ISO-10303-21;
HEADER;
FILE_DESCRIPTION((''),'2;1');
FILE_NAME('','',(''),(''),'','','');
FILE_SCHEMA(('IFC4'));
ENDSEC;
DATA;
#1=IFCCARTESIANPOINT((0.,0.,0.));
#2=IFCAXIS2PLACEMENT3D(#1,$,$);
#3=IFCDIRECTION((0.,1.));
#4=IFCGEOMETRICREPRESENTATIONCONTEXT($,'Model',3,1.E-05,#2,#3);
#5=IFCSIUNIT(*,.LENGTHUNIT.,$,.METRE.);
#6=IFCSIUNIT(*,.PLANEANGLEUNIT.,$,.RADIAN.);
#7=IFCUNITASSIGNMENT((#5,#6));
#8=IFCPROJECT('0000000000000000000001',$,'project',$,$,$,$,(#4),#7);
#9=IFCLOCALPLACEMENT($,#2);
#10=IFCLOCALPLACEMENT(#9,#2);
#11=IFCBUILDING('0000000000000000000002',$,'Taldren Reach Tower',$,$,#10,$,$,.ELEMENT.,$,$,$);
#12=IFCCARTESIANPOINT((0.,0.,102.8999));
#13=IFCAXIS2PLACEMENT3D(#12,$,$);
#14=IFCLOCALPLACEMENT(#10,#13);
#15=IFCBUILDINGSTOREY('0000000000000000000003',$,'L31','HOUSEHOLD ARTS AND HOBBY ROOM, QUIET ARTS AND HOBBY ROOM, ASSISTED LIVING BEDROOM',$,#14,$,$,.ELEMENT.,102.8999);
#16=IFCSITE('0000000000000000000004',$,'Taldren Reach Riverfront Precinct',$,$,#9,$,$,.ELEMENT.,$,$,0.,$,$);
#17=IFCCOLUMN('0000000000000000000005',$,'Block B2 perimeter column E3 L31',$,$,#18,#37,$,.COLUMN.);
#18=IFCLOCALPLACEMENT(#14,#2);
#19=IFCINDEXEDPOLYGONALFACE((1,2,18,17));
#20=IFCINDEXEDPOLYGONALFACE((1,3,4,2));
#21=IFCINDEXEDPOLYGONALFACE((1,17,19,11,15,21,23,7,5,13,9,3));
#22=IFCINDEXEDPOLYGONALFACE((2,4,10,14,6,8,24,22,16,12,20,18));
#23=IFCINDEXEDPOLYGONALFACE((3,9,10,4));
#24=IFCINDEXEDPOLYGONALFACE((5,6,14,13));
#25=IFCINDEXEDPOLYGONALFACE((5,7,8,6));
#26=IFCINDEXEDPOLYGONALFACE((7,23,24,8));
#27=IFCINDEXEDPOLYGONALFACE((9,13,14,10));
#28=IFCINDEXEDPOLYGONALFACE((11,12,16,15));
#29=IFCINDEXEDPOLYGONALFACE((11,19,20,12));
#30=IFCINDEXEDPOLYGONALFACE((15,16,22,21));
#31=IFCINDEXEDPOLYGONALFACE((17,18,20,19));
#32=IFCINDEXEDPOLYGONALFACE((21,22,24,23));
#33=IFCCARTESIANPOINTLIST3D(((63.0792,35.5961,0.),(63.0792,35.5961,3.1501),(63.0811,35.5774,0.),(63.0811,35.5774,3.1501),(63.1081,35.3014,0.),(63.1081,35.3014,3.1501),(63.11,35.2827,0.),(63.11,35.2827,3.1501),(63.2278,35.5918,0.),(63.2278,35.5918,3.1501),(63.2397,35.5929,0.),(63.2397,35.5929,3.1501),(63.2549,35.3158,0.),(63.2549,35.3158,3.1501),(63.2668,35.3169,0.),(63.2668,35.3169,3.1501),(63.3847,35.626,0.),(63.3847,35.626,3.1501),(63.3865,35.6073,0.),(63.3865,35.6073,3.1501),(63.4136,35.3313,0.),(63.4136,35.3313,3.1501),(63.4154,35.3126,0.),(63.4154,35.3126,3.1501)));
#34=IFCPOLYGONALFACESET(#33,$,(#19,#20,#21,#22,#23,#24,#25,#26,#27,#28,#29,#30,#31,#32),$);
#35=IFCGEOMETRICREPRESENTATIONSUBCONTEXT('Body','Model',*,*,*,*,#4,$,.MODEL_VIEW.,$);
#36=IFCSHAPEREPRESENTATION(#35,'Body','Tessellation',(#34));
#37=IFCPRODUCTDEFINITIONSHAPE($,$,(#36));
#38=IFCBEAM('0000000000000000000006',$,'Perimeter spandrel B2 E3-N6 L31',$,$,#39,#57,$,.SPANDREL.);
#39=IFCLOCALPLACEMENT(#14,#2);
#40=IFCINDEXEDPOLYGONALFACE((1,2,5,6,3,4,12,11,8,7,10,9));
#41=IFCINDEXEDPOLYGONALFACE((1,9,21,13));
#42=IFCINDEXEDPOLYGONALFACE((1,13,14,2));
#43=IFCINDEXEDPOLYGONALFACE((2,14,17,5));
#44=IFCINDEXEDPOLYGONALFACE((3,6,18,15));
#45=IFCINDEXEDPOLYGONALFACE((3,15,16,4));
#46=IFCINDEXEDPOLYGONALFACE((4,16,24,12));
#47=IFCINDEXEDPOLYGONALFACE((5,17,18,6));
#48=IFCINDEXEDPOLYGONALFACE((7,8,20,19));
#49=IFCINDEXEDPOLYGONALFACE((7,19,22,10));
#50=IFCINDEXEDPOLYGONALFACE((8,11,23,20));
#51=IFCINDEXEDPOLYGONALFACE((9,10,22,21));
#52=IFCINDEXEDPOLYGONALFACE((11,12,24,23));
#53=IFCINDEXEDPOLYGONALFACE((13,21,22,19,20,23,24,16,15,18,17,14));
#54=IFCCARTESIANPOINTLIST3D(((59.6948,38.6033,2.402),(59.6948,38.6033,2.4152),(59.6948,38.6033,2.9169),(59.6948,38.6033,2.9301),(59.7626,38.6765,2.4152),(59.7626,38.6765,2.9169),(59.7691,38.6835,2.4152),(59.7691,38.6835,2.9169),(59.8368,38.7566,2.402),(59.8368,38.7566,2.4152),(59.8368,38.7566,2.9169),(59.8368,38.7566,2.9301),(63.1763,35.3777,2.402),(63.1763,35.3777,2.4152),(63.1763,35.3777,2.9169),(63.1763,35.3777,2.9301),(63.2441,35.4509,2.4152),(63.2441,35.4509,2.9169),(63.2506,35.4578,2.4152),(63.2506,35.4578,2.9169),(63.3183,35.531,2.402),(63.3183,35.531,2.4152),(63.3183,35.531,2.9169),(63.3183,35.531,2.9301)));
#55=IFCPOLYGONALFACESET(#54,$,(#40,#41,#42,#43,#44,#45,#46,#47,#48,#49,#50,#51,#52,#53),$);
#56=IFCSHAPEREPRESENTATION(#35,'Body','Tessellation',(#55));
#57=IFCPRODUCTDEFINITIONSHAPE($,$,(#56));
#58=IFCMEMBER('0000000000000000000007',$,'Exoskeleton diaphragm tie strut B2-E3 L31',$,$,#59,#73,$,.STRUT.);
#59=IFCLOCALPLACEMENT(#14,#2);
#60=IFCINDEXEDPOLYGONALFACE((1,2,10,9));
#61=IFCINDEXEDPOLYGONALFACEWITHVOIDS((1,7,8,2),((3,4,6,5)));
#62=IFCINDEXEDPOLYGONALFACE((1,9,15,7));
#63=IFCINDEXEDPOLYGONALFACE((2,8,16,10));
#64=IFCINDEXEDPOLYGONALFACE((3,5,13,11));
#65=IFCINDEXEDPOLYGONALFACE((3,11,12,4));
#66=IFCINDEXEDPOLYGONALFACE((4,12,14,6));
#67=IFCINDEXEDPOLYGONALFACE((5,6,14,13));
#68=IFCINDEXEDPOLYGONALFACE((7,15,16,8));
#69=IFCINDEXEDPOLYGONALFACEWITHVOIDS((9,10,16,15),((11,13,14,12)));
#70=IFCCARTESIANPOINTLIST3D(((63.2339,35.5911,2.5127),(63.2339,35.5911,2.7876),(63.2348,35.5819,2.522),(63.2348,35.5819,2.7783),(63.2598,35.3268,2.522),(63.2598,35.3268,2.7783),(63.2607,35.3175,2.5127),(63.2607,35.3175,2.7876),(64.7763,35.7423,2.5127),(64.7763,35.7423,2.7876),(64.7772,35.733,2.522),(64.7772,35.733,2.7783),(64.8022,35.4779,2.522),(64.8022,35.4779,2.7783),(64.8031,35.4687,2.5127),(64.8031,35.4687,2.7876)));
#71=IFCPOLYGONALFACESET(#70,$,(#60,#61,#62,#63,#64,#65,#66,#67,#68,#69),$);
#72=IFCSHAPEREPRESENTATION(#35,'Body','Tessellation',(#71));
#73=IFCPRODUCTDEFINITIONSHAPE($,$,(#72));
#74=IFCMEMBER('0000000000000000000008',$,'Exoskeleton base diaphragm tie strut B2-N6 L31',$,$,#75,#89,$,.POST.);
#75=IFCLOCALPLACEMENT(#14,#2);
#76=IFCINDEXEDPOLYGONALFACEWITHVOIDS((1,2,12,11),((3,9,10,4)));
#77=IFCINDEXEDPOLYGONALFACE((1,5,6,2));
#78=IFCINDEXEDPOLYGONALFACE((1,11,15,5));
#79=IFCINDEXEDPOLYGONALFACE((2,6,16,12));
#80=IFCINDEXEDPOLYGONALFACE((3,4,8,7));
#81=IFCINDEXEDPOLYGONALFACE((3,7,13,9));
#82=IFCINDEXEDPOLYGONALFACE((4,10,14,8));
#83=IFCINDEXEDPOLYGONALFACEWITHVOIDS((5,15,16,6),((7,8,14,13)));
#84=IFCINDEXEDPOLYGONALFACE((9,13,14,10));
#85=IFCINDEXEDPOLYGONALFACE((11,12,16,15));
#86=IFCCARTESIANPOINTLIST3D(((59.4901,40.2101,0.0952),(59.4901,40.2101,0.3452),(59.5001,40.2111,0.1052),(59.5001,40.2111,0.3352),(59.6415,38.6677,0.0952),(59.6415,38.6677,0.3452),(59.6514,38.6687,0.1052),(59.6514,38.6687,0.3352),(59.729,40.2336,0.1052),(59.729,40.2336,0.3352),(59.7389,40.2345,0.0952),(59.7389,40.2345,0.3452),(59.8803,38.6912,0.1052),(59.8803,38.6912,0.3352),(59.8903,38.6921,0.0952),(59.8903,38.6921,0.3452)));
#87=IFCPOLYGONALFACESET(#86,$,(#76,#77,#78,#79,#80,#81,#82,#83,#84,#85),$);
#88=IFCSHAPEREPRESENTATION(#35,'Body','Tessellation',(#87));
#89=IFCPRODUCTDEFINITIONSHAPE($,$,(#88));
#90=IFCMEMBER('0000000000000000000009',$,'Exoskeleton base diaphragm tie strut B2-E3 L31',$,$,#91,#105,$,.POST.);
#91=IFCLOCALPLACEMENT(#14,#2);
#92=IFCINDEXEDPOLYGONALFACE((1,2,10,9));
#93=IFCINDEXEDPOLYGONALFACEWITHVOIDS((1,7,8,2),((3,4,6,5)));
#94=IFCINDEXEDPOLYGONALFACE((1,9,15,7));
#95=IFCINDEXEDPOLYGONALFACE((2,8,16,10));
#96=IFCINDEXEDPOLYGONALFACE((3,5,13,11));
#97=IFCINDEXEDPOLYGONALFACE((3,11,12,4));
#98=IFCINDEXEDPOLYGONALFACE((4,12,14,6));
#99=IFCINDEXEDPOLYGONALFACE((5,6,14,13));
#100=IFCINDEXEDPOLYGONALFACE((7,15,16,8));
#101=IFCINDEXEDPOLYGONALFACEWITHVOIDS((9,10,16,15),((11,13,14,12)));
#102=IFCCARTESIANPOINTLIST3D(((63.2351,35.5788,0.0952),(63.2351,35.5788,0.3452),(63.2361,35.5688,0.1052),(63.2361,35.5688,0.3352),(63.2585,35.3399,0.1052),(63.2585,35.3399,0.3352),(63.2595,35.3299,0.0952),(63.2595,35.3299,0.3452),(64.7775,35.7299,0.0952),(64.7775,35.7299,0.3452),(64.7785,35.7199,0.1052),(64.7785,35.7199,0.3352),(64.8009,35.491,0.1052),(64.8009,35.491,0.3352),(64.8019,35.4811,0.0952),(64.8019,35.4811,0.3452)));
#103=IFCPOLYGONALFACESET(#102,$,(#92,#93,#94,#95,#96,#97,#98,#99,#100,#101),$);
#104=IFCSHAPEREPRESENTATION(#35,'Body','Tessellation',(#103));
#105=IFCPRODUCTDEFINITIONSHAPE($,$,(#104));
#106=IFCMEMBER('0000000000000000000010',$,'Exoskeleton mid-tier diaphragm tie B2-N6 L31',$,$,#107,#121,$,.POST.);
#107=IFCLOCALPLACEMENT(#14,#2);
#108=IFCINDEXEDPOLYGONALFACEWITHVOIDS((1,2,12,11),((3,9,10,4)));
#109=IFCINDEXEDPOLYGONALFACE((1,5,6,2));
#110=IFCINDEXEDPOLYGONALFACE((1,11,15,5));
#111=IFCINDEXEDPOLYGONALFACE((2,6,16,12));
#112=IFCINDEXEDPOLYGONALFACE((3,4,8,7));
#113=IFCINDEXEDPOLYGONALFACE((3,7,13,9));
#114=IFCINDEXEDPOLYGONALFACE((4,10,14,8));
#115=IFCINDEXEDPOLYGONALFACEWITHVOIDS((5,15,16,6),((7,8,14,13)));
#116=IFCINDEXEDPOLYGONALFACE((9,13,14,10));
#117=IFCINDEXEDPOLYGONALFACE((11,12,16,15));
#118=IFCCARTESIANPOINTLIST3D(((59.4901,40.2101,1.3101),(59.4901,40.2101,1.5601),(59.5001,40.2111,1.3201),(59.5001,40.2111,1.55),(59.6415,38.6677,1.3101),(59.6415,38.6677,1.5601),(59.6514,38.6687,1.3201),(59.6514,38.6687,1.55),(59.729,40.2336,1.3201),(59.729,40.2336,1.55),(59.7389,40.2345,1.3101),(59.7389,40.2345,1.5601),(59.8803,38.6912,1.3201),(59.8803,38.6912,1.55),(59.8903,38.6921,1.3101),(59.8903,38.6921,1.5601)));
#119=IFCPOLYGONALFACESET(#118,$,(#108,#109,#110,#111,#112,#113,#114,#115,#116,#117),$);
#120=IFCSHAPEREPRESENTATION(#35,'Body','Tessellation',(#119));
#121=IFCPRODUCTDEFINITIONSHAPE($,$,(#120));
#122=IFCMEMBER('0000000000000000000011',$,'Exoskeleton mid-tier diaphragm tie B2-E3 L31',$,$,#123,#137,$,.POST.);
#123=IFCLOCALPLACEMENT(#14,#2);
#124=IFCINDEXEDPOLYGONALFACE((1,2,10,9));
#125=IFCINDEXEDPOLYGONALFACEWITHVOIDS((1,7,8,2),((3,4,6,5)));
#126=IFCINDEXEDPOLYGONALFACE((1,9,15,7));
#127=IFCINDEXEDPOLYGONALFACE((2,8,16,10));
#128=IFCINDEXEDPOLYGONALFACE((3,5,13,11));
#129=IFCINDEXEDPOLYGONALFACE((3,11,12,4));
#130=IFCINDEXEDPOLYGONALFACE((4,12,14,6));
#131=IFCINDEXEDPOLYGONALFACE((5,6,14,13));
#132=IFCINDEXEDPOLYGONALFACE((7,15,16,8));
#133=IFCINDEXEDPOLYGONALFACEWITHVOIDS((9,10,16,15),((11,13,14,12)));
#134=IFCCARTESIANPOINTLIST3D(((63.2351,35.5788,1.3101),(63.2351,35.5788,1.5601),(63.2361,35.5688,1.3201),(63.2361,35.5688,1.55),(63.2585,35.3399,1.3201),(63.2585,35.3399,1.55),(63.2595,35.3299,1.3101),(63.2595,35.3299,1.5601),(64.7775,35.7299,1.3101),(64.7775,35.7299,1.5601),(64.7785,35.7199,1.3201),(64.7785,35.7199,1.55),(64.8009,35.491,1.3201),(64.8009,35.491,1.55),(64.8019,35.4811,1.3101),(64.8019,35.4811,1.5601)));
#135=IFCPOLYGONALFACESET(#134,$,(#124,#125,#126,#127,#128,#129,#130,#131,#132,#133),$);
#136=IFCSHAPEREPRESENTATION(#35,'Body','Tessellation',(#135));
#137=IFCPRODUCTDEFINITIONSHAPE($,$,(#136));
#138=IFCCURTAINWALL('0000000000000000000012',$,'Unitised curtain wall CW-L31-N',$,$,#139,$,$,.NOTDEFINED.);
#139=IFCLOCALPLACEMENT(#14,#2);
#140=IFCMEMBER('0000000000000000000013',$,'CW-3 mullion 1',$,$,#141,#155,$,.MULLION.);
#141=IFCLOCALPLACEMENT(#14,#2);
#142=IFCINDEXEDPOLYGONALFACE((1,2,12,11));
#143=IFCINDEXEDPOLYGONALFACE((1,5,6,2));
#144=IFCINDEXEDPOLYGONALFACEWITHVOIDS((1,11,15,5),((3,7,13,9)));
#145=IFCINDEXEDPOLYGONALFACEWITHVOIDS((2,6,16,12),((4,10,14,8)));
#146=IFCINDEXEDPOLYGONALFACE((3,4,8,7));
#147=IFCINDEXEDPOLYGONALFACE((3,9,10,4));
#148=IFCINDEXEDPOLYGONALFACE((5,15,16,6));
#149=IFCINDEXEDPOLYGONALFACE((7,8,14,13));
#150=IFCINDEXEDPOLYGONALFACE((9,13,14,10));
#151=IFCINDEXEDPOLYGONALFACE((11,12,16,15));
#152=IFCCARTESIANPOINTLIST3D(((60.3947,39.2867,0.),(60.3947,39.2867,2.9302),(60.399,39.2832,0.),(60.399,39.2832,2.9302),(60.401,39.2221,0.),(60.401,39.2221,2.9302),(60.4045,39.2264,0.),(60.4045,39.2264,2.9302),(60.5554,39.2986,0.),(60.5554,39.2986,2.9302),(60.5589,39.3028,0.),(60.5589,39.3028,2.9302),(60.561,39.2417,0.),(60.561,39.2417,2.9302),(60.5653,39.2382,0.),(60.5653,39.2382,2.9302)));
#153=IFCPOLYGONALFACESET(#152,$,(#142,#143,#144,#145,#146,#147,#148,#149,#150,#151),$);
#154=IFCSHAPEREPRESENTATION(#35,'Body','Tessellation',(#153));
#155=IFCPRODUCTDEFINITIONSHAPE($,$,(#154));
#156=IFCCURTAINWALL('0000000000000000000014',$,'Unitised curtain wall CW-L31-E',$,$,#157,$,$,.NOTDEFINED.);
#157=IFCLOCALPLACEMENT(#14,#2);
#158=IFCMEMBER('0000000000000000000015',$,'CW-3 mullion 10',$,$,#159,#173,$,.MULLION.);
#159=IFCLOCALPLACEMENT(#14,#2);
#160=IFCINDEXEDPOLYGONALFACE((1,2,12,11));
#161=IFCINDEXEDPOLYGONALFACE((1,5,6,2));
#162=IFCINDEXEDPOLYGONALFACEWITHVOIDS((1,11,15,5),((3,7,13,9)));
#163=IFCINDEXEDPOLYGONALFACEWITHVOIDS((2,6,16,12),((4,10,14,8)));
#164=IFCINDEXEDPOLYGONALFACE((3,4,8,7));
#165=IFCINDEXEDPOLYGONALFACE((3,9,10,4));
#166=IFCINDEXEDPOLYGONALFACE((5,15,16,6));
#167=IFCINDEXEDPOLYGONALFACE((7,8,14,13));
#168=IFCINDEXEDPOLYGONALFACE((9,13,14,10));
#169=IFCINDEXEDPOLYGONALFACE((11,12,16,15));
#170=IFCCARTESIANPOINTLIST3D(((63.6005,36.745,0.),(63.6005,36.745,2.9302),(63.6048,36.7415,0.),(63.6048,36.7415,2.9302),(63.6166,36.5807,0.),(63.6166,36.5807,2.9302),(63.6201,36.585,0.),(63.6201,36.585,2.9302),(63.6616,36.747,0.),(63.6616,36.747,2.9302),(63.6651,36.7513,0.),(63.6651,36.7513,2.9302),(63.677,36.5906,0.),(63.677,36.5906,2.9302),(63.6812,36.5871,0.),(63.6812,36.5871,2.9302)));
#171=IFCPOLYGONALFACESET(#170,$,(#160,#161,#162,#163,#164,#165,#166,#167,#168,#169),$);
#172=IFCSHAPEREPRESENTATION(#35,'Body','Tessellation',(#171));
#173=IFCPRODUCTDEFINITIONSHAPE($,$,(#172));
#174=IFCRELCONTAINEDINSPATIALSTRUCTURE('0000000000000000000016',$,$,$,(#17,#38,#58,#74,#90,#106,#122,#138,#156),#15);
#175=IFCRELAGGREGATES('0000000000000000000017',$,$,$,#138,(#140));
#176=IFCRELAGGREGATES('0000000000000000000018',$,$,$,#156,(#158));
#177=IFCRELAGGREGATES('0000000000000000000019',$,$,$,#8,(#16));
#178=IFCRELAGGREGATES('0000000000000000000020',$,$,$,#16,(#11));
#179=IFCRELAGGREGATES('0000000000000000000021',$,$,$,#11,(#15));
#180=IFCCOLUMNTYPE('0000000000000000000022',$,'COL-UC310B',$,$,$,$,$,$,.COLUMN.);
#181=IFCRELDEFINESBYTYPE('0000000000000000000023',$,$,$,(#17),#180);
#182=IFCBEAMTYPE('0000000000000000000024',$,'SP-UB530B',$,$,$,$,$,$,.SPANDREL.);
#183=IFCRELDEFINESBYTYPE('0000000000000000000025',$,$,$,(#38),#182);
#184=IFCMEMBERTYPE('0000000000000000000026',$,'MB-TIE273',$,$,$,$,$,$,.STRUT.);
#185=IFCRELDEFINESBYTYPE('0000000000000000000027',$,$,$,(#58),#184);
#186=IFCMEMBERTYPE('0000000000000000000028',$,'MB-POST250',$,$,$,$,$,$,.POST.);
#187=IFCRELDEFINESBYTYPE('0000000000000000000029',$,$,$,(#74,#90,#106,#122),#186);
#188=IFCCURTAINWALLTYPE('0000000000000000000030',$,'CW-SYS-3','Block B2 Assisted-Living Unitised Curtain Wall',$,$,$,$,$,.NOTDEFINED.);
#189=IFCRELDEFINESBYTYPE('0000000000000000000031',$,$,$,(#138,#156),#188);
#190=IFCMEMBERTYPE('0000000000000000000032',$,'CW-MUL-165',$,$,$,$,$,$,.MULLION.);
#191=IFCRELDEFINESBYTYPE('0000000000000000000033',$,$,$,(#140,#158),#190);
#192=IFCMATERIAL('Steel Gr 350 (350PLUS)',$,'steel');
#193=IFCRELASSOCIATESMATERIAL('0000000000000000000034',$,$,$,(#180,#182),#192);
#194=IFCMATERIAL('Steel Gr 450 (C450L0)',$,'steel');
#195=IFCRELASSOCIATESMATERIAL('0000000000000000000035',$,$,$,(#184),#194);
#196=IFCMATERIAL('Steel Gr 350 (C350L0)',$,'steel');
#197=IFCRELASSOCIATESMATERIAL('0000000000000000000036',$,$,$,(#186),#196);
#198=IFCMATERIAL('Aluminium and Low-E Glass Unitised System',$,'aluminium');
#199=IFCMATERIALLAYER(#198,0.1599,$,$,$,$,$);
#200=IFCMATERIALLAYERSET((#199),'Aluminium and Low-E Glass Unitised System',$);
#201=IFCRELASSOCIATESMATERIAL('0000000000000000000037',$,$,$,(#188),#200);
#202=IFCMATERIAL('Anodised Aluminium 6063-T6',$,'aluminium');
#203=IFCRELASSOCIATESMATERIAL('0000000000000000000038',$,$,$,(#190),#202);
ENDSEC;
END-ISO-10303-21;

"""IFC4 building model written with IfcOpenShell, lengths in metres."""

from ifc_helpers import new_model, si_unit, direction, frame, origin, origin_2d, place, context, subcontext, project, spatial, hollow_rectangle, i_section, extrude, source, transform, mapped, material, layer, layer_set, material_profile, profile_set, type_object, element, aggregate, save


model = new_model("IFC4")

# Units and contexts
model_context = context("Model", 3, precision=1e-05, world=origin(), true_north=direction((0.0, 1.0)))
body_context = subcontext(model_context, "Body", "Model", "MODEL_VIEW")
ifc_project = project(units=[si_unit("LENGTHUNIT", "METRE"), si_unit("PLANEANGLEUNIT", "RADIAN")], contexts=[model_context])

# Site, building, storey
site_placement = place(None, origin())
site = spatial("IfcSite", under=ifc_project, at=site_placement, Name="Taldren Reach Riverfront Precinct", CompositionType="ELEMENT", RefElevation=0.0)
building_placement = place(site_placement, origin())
building = spatial("IfcBuilding", under=site, at=building_placement, Name="Taldren Reach Tower", CompositionType="ELEMENT")
storey_placement = place(building_placement, frame((0.0, 0.0, 102.8999)))
storey = spatial("IfcBuildingStorey", under=building, at=storey_placement, Name="L31", Description="HOUSEHOLD ARTS AND HOBBY ROOM, QUIET ARTS AND HOBBY ROOM, ASSISTED LIVING BEDROOM", CompositionType="ELEMENT", Elevation=102.8999)

# Column
ifc_material_1 = material(Name="Steel Gr 350 (350PLUS)", Category="steel")
ifc_material_profile_1 = material_profile(ifc_material_1, i_section(OverallWidth=0.3069, OverallDepth=0.3149, WebThickness=0.012, FlangeThickness=0.0188, at=origin_2d()), Name="310UC118")
ifc_profile_set_1 = profile_set([ifc_material_profile_1], Name="Steel Gr 350 (350PLUS)")
column_type = type_object("IfcColumnType", Name="COL-UC310B", PredefinedType="COLUMN", material=ifc_profile_set_1)
shared_shape_1 = source(origin(), body_context, "Body", "SweptSolid", [
    extrude(i_section(OverallWidth=0.3069, OverallDepth=0.3149, WebThickness=0.012, FlangeThickness=0.0188, at=origin_2d()), origin(), (0.0, 0.0, 1.0), 3.1501),
])
column_placement = place(storey_placement, frame((63.2473, 35.4543, 0.0), z_axis=(0.0, 0.0, 1.0), x_axis=(0.995227, 0.097583, 0.0)))
element("IfcColumn", 1, at=column_placement, inside=storey, type_object=column_type, Name="Block B2 perimeter column E3 L31", PredefinedType="COLUMN", context=body_context, shape_type="MappedRepresentation", body=[
    mapped(shared_shape_1, transform((0.0, 0.0, 0.0), scale=1.0)),
])

# Beam
ifc_material_profile_2 = material_profile(ifc_material_1, i_section(OverallWidth=0.209, OverallDepth=0.5281, WebThickness=0.0095, FlangeThickness=0.0132, at=origin_2d()), Name="530UB82.0")
ifc_profile_set_2 = profile_set([ifc_material_profile_2], Name="Steel Gr 350 (350PLUS)")
beam_type = type_object("IfcBeamType", Name="SP-UB530B", PredefinedType="SPANDREL", material=ifc_profile_set_2)
shared_shape_2 = source(origin(), body_context, "Body", "SweptSolid", [
    extrude(i_section(OverallWidth=0.209, OverallDepth=0.5281, WebThickness=0.0095, FlangeThickness=0.0132, at=origin_2d()), origin(), (0.0, 0.0, 1.0), 4.7461),
])
beam_placement = place(storey_placement, frame((63.2473, 35.4543, 2.666), z_axis=(-0.733548, 0.679638, 0.0), x_axis=(-0.679638, -0.733548, 0.0)))
element("IfcBeam", 2, at=beam_placement, inside=storey, type_object=beam_type, Name="Perimeter spandrel B2 E3-N6 L31", PredefinedType="SPANDREL", context=body_context, shape_type="MappedRepresentation", body=[
    mapped(shared_shape_2, transform((0.0, 0.0, 0.0), scale=1.0)),
])

# Members
ifc_material_2 = material(Name="Steel Gr 450 (C450L0)", Category="steel")
ifc_material_profile_3 = material_profile(ifc_material_2, hollow_rectangle(XDim=0.2749, YDim=0.2749, WallThickness=0.0093, at=origin_2d()), Name="275x275x9.3SHS")
ifc_profile_set_3 = profile_set([ifc_material_profile_3], Name="Steel Gr 450 (C450L0)")
member_type_1 = type_object("IfcMemberType", Name="MB-TIE273", PredefinedType="STRUT", material=ifc_profile_set_3)
shared_shape_3 = source(origin(), body_context, "Body", "SweptSolid", [
    extrude(hollow_rectangle(XDim=0.2749, YDim=0.2749, WallThickness=0.0093, at=origin_2d()), origin(), (0.0, 0.0, 1.0), 1.5498),
])
member_1_placement = place(storey_placement, frame((63.2473, 35.4543, 2.6501), z_axis=(0.995235, 0.097507, 0.0), x_axis=(-0.097507, 0.995235, 0.0)))
element("IfcMember", 3, at=member_1_placement, inside=storey, type_object=member_type_1, Name="Exoskeleton diaphragm tie strut B2-E3 L31", PredefinedType="STRUT", context=body_context, shape_type="MappedRepresentation", body=[
    mapped(shared_shape_3, transform((0.0, 0.0, 0.0), scale=1.0)),
])
ifc_material_3 = material(Name="Steel Gr 350 (C350L0)", Category="steel")
ifc_material_profile_4 = material_profile(ifc_material_3, hollow_rectangle(XDim=0.25, YDim=0.25, WallThickness=0.01, at=origin_2d()), Name="250x250x10.0SHS")
ifc_profile_set_4 = profile_set([ifc_material_profile_4], Name="Steel Gr 350 (C350L0)")
member_type_2 = type_object("IfcMemberType", Name="MB-POST250", PredefinedType="POST", material=ifc_profile_set_4)
shared_shape_4 = source(origin(), body_context, "Body", "SweptSolid", [
    extrude(hollow_rectangle(XDim=0.25, YDim=0.25, WallThickness=0.01, at=origin_2d()), origin(), (0.0, 0.0, 1.0), 1.5498),
])
for number, where, z_axis, x_axis, name in (
    (4, (59.7659, 38.6799, 0.2202), (-0.097663, 0.99522, 0.0), (-0.99522, -0.097663, 0.0), "Exoskeleton base diaphragm tie strut B2-N6 L31"),
    (5, (63.2473, 35.4543, 0.2202), (0.995235, 0.097507, 0.0), (-0.097507, 0.995235, 0.0), "Exoskeleton base diaphragm tie strut B2-E3 L31"),
    (6, (59.7659, 38.6799, 1.4351), (-0.097663, 0.99522, 0.0), (-0.99522, -0.097663, 0.0), "Exoskeleton mid-tier diaphragm tie B2-N6 L31"),
    (7, (63.2473, 35.4543, 1.4351), (0.995235, 0.097507, 0.0), (-0.097507, 0.995235, 0.0), "Exoskeleton mid-tier diaphragm tie B2-E3 L31"),
):
    element("IfcMember", number, at=place(storey_placement, frame(where, z_axis=z_axis, x_axis=x_axis)), inside=storey, type_object=member_type_2, Name=name, PredefinedType="POST", context=body_context, shape_type="MappedRepresentation", body=[
        mapped(shared_shape_4, transform((0.0, 0.0, 0.0), scale=1.0)),
    ])

# Curtain walls, members
ifc_material_4 = material(Name="Aluminium and Low-E Glass Unitised System", Category="aluminium")
ifc_layer_1 = layer(ifc_material_4, 0.1599)
ifc_layer_set_1 = layer_set([ifc_layer_1], Name="Aluminium and Low-E Glass Unitised System")
curtain_wall_type = type_object("IfcCurtainWallType", Name="CW-SYS-3", Description="Block B2 Assisted-Living Unitised Curtain Wall", PredefinedType="NOTDEFINED", material=ifc_layer_set_1)
curtain_wall_1_placement = place(storey_placement, origin())
curtain_wall_1 = element("IfcCurtainWall", 8, at=curtain_wall_1_placement, inside=storey, type_object=curtain_wall_type, Name="Unitised curtain wall CW-L31-N", PredefinedType="NOTDEFINED")
ifc_material_5 = material(Name="Anodised Aluminium 6063-T6", Category="aluminium")
ifc_material_profile_5 = material_profile(ifc_material_5, hollow_rectangle(XDim=0.0649, YDim=0.165, WallThickness=0.0039, at=origin_2d()), Name="ALU-165x65x4RHS")
ifc_profile_set_5 = profile_set([ifc_material_profile_5], Name="Anodised Aluminium 6063-T6")
member_type_3 = type_object("IfcMemberType", Name="CW-MUL-165", PredefinedType="MULLION", material=ifc_profile_set_5)
shared_shape_5 = source(origin(), body_context, "Body", "SweptSolid", [
    extrude(hollow_rectangle(XDim=0.0649, YDim=0.165, WallThickness=0.0039, at=origin_2d()), origin(), (0.0, 0.0, 1.0), 2.9302),
])
member_2_placement = place(storey_placement, frame((60.48, 39.2625, 0.0), z_axis=(0.0, 0.0, 1.0), x_axis=(0.097583, -0.995227, 0.0)))
member_2 = element("IfcMember", 9, at=member_2_placement, type_object=member_type_3, Name="CW-3 mullion 1", PredefinedType="MULLION", context=body_context, shape_type="MappedRepresentation", body=[
    mapped(shared_shape_5, transform((0.0, 0.0, 0.0), scale=1.0)),
])
curtain_wall_2_placement = place(storey_placement, origin())
curtain_wall_2 = element("IfcCurtainWall", 10, at=curtain_wall_2_placement, inside=storey, type_object=curtain_wall_type, Name="Unitised curtain wall CW-L31-E", PredefinedType="NOTDEFINED")
member_3_placement = place(storey_placement, frame((63.6409, 36.666, 0.0), z_axis=(0.0, 0.0, 1.0), x_axis=(-0.995227, -0.097583, 0.0)))
member_3 = element("IfcMember", 11, at=member_3_placement, type_object=member_type_3, Name="CW-3 mullion 10", PredefinedType="MULLION", context=body_context, shape_type="MappedRepresentation", body=[
    mapped(shared_shape_5, transform((0.0, 0.0, 0.0), scale=1.0)),
])

aggregate(curtain_wall_1, [member_2])

aggregate(curtain_wall_2, [member_3])

save(model, "model.ifc")
